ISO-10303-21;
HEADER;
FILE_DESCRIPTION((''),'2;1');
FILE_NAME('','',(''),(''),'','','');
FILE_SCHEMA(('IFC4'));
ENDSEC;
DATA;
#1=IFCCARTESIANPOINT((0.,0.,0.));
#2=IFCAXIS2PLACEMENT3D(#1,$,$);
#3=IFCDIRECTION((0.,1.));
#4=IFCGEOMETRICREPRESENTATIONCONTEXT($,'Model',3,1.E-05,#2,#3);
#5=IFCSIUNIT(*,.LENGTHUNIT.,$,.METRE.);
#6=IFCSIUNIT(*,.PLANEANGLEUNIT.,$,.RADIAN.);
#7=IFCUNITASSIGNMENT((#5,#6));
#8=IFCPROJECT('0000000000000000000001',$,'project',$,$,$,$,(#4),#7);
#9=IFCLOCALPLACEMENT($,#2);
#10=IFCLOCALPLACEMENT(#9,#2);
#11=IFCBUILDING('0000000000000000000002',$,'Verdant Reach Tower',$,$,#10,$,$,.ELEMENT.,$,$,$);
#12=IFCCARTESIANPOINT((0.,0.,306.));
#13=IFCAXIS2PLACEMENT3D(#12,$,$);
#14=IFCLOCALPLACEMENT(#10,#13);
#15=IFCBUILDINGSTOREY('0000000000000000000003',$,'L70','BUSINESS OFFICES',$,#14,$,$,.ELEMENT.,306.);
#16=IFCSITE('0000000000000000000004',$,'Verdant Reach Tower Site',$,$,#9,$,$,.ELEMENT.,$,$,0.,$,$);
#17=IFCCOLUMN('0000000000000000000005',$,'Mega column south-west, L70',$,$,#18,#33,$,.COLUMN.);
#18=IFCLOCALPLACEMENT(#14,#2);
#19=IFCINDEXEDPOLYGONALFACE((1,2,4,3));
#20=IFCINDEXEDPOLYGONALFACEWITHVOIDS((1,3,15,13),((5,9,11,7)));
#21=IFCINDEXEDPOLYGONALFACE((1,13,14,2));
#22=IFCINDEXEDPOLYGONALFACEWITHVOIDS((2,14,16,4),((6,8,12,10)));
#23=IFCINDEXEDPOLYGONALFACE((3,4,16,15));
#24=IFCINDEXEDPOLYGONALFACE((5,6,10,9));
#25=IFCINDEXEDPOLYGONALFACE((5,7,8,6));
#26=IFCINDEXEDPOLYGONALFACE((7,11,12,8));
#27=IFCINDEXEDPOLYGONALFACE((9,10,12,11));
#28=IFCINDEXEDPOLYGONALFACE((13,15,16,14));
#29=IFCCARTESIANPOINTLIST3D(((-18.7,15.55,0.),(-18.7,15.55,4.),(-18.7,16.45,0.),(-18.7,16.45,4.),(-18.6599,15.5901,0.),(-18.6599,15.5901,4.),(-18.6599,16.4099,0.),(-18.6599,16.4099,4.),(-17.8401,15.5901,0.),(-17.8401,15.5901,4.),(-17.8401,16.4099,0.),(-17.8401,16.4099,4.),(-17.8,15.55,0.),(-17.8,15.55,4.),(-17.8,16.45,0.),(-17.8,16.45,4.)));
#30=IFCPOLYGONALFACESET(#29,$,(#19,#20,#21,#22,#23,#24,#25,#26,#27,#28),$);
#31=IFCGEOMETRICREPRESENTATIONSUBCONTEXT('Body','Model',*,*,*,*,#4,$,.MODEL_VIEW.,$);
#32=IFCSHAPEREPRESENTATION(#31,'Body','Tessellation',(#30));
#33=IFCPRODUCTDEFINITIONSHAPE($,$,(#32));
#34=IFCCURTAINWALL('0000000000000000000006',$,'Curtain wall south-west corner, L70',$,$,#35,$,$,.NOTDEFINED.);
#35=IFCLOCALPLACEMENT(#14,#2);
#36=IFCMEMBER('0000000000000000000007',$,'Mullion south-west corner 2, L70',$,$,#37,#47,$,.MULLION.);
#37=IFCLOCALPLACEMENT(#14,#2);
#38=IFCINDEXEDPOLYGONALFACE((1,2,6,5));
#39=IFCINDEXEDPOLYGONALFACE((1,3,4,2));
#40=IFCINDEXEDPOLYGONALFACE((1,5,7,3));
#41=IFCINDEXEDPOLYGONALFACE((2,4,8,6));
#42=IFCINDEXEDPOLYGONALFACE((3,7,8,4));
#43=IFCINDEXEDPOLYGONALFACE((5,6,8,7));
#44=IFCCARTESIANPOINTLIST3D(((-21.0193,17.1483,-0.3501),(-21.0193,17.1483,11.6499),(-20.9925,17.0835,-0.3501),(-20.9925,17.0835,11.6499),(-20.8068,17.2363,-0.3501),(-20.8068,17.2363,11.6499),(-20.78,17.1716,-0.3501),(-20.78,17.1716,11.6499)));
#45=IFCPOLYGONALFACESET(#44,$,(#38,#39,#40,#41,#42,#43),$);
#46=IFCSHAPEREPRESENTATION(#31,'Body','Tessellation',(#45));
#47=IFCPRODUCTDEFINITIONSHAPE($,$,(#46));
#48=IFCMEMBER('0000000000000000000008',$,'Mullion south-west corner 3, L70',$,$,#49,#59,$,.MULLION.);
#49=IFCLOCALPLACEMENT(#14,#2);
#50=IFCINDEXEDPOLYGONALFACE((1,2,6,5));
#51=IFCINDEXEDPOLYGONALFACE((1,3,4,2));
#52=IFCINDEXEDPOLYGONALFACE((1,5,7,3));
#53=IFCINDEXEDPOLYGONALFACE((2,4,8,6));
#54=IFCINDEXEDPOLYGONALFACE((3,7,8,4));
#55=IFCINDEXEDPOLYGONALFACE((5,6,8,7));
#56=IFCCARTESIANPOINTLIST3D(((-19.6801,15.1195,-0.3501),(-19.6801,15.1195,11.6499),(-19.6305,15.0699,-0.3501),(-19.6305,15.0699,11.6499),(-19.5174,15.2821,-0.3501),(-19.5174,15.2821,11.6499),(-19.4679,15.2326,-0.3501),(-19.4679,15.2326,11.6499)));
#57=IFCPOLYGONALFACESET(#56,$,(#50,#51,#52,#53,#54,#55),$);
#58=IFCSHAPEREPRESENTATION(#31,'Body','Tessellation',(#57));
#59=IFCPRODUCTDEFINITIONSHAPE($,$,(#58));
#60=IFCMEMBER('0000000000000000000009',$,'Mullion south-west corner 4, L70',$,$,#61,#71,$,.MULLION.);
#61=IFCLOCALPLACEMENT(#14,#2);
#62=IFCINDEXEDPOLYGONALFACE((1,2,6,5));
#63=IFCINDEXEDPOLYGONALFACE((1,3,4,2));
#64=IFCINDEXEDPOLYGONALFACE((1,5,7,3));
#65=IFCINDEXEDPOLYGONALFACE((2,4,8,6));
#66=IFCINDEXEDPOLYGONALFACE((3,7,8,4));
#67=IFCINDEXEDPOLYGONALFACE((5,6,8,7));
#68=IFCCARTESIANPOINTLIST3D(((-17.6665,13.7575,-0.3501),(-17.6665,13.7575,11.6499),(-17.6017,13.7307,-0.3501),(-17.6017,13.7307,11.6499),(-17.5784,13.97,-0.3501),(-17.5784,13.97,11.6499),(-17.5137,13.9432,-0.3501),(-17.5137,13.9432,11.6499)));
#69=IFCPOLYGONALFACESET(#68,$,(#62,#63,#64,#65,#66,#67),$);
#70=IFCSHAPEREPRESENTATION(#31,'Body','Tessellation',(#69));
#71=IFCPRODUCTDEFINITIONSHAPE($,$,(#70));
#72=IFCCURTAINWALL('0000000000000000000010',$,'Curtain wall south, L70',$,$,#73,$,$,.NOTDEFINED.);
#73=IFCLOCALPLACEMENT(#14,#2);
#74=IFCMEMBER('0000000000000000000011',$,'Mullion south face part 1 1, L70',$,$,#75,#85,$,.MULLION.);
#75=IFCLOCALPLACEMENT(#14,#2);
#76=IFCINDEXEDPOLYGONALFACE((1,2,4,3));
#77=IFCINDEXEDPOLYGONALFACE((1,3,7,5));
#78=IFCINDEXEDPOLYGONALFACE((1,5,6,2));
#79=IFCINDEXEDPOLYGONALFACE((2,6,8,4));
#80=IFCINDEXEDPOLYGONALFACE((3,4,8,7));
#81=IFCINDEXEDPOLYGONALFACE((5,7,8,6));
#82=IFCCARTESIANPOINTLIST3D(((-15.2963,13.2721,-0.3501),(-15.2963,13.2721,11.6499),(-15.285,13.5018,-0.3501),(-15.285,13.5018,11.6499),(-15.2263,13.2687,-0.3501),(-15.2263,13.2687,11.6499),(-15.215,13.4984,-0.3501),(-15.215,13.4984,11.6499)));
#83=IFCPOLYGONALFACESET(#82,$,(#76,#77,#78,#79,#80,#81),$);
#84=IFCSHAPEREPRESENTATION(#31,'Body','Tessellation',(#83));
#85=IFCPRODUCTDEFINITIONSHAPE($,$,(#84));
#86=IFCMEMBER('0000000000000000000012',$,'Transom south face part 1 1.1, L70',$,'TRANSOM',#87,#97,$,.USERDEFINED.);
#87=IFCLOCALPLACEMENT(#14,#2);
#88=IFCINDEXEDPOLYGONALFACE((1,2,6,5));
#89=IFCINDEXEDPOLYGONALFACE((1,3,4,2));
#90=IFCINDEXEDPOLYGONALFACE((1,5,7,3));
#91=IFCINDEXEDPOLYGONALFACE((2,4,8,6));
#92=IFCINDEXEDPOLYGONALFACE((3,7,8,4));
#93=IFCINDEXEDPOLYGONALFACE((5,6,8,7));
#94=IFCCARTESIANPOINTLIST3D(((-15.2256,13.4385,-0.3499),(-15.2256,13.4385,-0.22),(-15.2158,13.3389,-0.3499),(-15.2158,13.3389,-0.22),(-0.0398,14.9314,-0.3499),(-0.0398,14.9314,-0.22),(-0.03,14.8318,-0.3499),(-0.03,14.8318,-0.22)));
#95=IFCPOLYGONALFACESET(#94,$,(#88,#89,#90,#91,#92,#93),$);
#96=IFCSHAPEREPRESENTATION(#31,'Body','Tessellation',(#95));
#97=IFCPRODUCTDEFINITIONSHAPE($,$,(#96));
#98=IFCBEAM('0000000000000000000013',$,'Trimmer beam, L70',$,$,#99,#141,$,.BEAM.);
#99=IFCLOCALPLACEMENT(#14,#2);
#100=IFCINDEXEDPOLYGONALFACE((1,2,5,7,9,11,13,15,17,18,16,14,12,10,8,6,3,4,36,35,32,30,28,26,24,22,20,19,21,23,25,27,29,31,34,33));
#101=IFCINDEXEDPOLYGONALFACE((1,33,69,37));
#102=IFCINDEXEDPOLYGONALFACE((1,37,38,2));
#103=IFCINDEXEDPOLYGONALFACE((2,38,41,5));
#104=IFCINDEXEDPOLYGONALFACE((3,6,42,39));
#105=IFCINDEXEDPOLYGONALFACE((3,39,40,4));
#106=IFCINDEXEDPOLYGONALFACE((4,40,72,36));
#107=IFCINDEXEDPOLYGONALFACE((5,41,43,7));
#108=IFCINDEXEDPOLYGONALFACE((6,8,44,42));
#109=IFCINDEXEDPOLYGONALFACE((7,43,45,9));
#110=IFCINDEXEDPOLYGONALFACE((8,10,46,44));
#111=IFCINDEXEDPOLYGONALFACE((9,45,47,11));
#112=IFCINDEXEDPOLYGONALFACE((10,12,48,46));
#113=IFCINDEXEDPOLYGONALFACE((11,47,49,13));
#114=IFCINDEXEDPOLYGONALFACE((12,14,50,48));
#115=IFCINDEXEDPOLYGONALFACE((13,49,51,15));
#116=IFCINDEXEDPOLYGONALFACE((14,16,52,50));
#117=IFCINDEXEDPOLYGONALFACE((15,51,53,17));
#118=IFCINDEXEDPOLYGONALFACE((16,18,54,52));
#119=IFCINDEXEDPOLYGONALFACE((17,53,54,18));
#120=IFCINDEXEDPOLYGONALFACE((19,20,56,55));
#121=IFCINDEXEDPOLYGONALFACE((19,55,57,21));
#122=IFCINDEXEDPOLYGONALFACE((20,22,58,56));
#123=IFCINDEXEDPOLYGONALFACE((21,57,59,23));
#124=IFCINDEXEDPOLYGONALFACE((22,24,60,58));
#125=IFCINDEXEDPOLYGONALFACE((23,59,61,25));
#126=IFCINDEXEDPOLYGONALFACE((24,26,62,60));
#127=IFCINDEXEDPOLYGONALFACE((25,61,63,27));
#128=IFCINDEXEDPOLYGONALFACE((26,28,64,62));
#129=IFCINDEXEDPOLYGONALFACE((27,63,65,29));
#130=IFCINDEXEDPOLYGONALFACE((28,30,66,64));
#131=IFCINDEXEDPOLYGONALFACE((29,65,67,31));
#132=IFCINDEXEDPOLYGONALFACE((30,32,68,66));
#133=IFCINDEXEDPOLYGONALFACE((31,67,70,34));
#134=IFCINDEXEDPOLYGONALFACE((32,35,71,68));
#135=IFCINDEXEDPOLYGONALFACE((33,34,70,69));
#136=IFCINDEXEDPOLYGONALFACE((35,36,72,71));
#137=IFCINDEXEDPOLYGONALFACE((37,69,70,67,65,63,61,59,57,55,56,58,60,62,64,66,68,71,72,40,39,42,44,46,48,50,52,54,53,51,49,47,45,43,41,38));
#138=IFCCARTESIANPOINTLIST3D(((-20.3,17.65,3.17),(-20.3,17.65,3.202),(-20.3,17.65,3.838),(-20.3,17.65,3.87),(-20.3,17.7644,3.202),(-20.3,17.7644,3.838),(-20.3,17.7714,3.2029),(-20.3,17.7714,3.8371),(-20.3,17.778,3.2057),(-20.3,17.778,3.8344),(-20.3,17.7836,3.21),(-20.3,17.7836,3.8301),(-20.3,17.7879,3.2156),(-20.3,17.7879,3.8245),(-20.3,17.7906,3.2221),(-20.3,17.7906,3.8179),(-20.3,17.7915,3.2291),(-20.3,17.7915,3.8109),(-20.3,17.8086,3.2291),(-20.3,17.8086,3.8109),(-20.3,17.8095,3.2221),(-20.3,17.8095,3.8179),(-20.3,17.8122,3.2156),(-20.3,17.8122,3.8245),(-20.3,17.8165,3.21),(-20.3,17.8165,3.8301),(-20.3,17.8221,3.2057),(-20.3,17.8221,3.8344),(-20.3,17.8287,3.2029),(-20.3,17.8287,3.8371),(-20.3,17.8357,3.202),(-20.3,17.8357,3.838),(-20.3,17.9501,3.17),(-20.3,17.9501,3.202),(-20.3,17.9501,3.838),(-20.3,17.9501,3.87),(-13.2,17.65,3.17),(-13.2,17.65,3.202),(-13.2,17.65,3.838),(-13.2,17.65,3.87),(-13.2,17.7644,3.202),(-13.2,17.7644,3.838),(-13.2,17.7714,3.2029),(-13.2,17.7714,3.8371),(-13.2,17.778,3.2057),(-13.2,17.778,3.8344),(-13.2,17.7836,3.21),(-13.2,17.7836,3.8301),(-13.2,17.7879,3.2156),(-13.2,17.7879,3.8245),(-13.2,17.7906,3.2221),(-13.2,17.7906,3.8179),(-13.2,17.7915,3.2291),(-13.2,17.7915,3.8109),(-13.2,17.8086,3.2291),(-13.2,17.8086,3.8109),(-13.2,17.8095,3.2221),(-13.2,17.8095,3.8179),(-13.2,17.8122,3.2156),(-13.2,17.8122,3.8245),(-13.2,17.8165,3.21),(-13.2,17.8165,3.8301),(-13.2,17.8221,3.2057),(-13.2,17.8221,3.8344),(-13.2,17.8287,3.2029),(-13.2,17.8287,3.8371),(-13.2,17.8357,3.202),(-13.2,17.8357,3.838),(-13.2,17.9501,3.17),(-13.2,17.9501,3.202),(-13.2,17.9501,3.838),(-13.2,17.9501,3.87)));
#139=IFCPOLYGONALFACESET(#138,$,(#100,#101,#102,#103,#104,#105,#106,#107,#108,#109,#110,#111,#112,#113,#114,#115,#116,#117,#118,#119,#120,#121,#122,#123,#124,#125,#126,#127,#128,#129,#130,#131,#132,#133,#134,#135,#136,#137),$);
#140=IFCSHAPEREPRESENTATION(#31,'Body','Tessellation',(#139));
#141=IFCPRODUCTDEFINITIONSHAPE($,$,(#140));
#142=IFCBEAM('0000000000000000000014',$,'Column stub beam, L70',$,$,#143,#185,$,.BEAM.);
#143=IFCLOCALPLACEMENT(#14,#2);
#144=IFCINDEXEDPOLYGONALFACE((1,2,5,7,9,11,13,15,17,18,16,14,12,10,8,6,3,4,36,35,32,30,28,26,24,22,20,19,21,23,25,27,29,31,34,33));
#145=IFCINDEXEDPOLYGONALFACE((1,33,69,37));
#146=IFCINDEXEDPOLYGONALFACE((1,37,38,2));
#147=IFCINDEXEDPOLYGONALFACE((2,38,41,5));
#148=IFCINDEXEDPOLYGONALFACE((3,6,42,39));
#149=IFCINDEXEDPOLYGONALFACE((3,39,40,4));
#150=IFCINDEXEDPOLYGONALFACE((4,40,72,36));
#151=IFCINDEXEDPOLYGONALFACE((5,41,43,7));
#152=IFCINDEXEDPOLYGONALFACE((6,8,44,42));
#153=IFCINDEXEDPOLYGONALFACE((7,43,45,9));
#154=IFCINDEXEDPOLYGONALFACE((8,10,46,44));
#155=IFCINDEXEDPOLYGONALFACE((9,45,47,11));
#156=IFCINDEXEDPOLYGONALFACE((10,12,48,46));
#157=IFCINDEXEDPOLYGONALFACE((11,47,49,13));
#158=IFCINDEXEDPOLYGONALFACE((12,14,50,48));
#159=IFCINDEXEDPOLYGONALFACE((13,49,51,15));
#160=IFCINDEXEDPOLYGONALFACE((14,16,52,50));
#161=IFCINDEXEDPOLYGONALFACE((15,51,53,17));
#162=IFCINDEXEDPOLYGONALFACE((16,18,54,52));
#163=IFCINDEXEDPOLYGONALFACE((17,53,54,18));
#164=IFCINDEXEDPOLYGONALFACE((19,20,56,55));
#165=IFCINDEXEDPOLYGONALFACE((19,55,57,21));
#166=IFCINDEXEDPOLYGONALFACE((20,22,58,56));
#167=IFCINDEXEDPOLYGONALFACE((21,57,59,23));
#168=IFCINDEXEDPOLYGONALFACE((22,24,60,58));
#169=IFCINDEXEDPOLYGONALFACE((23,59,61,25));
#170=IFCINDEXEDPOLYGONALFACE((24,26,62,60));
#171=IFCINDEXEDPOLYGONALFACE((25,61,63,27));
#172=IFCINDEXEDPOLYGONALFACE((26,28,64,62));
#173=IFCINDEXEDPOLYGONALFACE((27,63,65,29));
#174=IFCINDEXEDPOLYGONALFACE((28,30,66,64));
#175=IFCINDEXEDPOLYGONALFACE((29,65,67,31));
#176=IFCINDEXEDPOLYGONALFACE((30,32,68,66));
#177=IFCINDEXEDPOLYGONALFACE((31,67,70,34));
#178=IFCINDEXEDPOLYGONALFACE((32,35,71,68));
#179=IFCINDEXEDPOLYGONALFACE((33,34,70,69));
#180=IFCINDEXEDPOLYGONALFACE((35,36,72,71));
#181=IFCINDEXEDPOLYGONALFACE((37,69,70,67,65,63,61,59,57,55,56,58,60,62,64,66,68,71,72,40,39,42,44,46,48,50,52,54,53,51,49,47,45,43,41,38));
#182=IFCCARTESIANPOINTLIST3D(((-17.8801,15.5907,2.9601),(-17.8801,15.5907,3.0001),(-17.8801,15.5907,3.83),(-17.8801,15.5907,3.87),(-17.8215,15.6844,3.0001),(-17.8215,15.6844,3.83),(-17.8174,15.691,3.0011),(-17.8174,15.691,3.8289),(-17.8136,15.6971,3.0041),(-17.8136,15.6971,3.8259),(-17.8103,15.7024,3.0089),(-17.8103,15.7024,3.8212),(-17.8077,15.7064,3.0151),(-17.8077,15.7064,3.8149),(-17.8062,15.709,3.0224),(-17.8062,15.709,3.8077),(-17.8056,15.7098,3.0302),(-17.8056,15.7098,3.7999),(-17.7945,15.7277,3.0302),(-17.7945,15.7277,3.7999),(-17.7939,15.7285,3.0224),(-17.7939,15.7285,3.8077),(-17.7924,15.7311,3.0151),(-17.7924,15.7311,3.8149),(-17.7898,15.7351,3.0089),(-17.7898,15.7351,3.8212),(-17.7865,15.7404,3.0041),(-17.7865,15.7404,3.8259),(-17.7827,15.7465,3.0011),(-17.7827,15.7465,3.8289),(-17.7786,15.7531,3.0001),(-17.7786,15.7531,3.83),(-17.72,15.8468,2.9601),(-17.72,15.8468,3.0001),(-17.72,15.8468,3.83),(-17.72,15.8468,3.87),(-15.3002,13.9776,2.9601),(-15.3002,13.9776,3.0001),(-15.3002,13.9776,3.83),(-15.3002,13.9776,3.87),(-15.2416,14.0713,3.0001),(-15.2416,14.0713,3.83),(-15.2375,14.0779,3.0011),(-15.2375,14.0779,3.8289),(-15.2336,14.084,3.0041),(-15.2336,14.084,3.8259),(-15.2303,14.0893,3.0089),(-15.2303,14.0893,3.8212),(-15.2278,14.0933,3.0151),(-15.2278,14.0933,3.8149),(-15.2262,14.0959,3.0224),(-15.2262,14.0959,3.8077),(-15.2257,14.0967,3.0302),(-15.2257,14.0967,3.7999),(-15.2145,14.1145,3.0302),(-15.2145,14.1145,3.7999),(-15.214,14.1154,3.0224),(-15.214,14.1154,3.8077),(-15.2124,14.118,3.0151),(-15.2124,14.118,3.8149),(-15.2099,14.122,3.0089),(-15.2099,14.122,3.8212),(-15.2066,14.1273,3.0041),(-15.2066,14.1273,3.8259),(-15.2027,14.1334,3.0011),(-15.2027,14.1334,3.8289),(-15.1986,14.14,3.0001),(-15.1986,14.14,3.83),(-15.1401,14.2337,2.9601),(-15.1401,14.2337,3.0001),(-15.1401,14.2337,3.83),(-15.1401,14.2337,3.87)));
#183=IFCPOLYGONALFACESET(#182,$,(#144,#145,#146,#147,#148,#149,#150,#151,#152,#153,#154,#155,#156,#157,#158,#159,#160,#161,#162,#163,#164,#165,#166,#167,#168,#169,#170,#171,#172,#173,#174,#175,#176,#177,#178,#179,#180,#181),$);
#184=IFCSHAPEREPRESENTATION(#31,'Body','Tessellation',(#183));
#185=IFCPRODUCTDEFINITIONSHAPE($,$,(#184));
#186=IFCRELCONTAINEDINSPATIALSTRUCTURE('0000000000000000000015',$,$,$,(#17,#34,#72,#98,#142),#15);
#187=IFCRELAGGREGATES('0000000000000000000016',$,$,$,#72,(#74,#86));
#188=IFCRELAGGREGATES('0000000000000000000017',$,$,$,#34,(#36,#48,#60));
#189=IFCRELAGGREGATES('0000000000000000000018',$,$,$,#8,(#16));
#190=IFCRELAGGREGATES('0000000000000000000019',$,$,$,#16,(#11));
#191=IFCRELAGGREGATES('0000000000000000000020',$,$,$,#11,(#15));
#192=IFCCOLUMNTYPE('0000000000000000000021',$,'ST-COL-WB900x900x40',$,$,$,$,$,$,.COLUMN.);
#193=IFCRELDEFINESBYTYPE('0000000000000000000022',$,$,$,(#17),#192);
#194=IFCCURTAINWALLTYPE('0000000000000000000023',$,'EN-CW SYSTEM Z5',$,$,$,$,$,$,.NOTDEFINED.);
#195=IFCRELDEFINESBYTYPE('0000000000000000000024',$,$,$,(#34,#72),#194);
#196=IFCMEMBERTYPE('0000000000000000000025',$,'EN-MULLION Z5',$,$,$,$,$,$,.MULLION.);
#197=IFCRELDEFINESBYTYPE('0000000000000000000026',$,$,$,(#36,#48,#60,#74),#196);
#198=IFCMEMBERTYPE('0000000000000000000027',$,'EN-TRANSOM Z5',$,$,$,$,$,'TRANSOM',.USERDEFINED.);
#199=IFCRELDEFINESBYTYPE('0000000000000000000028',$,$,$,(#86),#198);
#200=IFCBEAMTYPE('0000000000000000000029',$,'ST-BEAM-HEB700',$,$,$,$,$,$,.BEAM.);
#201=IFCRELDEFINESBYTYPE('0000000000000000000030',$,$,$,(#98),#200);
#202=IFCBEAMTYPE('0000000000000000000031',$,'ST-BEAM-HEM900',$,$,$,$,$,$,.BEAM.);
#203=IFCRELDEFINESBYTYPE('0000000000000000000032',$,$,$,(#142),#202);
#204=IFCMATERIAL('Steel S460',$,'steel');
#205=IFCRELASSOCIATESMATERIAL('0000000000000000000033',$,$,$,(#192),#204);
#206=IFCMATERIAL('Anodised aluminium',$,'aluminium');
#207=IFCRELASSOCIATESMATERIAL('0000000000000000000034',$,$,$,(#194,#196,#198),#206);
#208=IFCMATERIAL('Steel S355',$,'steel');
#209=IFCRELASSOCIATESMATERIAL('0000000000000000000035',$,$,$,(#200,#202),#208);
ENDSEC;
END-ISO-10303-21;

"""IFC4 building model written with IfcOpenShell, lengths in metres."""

from ifc_helpers import new_model, si_unit, direction, frame, origin, origin_2d, place, context, subcontext, project, spatial, rectangle, hollow_rectangle, i_section, extrude, material, material_profile, profile_set, type_object, element, aggregate, save


model = new_model("IFC4")

# Units and contexts
model_context = context("Model", 3, precision=1e-05, world=origin(), true_north=direction((0.0, 1.0)))
body_context = subcontext(model_context, "Body", "Model", "MODEL_VIEW")
ifc_project = project(units=[si_unit("LENGTHUNIT", "METRE"), si_unit("PLANEANGLEUNIT", "RADIAN")], contexts=[model_context])

# Site, building, storey
site_placement = place(None, origin())
site = spatial("IfcSite", under=ifc_project, at=site_placement, Name="Verdant Reach Tower Site", CompositionType="ELEMENT", RefElevation=0.0)
building_placement = place(site_placement, origin())
building = spatial("IfcBuilding", under=site, at=building_placement, Name="Verdant Reach Tower", CompositionType="ELEMENT")
storey_placement = place(building_placement, frame((0.0, 0.0, 306.0)))
storey = spatial("IfcBuildingStorey", under=building, at=storey_placement, Name="L70", Description="BUSINESS OFFICES", CompositionType="ELEMENT", Elevation=306.0)

# Column
ifc_material_1 = material(Name="Steel S460", Category="steel")
ifc_material_profile_1 = material_profile(ifc_material_1, hollow_rectangle(XDim=0.8999, YDim=0.8999, WallThickness=0.04, at=origin_2d()), Name="WB 900x900x40")
ifc_profile_set_1 = profile_set([ifc_material_profile_1], Name="Steel S460")
column_type = type_object("IfcColumnType", Name="ST-COL-WB900x900x40", PredefinedType="COLUMN", material=ifc_profile_set_1)
column_placement = place(storey_placement, frame((-18.25, 16.0, 0.0), z_axis=(0.0, 0.0, 1.0), x_axis=(1.0, 0.0, 0.0)))
element("IfcColumn", 1, at=column_placement, inside=storey, type_object=column_type, Name="Mega column south-west, L70", PredefinedType="COLUMN", context=body_context, shape_type="SweptSolid", body=[
    extrude(hollow_rectangle(XDim=0.8999, YDim=0.8999, WallThickness=0.04, at=origin_2d()), origin(), (0.0, 0.0, 1.0), 4.0),
])

# Curtain walls, members
ifc_material_2 = material(Name="Anodised aluminium", Category="aluminium")
curtain_wall_type = type_object("IfcCurtainWallType", Name="EN-CW SYSTEM Z5", PredefinedType="NOTDEFINED", material=ifc_material_2)
curtain_wall_1_placement = place(storey_placement, origin())
curtain_wall_1 = element("IfcCurtainWall", 2, at=curtain_wall_1_placement, inside=storey, type_object=curtain_wall_type, Name="Curtain wall south-west corner, L70", PredefinedType="NOTDEFINED")
ifc_material_profile_2 = material_profile(ifc_material_2, rectangle(XDim=0.23, YDim=0.0701, at=origin_2d()), Name="Mullion 70x230")
ifc_profile_set_2 = profile_set([ifc_material_profile_2], Name="Anodised aluminium")
member_type_1 = type_object("IfcMemberType", Name="EN-MULLION Z5", PredefinedType="MULLION", material=ifc_profile_set_2)
member_1_placement = place(storey_placement, frame((-20.8997, 17.1599, -0.3501), z_axis=(0.0, 0.0, 1.0), x_axis=(-0.923875, -0.382694, 0.0)))
member_1 = element("IfcMember", 3, at=member_1_placement, type_object=member_type_1, Name="Mullion south-west corner 2, L70", PredefinedType="MULLION", context=body_context, shape_type="SweptSolid", body=[
    extrude(rectangle(XDim=0.23, YDim=0.0701, at=origin_2d()), origin(), (0.0, 0.0, 1.0), 12.0),
])
member_2_placement = place(storey_placement, frame((-19.574, 15.176, -0.3501), z_axis=(0.0, 0.0, 1.0), x_axis=(-0.707107, -0.707107, 0.0)))
member_2 = element("IfcMember", 4, at=member_2_placement, type_object=member_type_1, Name="Mullion south-west corner 3, L70", PredefinedType="MULLION", context=body_context, shape_type="SweptSolid", body=[
    extrude(rectangle(XDim=0.23, YDim=0.0701, at=origin_2d()), origin(), (0.0, 0.0, 1.0), 12.0),
])
member_3_placement = place(storey_placement, frame((-17.5901, 13.8503, -0.3501), z_axis=(0.0, 0.0, 1.0), x_axis=(-0.382694, -0.923875, 0.0)))
member_3 = element("IfcMember", 5, at=member_3_placement, type_object=member_type_1, Name="Mullion south-west corner 4, L70", PredefinedType="MULLION", context=body_context, shape_type="SweptSolid", body=[
    extrude(rectangle(XDim=0.23, YDim=0.0701, at=origin_2d()), origin(), (0.0, 0.0, 1.0), 12.0),
])
curtain_wall_2_placement = place(storey_placement, origin())
curtain_wall_2 = element("IfcCurtainWall", 6, at=curtain_wall_2_placement, inside=storey, type_object=curtain_wall_type, Name="Curtain wall south, L70", PredefinedType="NOTDEFINED")
member_4_placement = place(storey_placement, frame((-15.2556, 13.3853, -0.3501), z_axis=(0.0, 0.0, 1.0), x_axis=(-0.049128, -0.998793, 0.0)))
member_4 = element("IfcMember", 7, at=member_4_placement, type_object=member_type_1, Name="Mullion south face part 1 1, L70", PredefinedType="MULLION", context=body_context, shape_type="SweptSolid", body=[
    extrude(rectangle(XDim=0.23, YDim=0.0701, at=origin_2d()), origin(), (0.0, 0.0, 1.0), 12.0),
])
ifc_material_profile_3 = material_profile(ifc_material_2, rectangle(XDim=0.1001, YDim=0.1299, at=origin_2d()), Name="Transom 130x100")
ifc_profile_set_3 = profile_set([ifc_material_profile_3], Name="Anodised aluminium")
member_type_2 = type_object("IfcMemberType", Name="EN-TRANSOM Z5", ElementType="TRANSOM", PredefinedType="USERDEFINED", material=ifc_profile_set_3)
member_5_placement = place(storey_placement, frame((-15.2207, 13.3887, -0.2849), z_axis=(0.995202, 0.097839, 0.0), x_axis=(-0.097839, 0.995202, 0.0)))
member_5 = element("IfcMember", 8, at=member_5_placement, type_object=member_type_2, Name="Transom south face part 1 1.1, L70", ObjectType="TRANSOM", PredefinedType="USERDEFINED", context=body_context, shape_type="SweptSolid", body=[
    extrude(rectangle(XDim=0.1001, YDim=0.1299, at=origin_2d()), origin(), (0.0, 0.0, 1.0), 15.259),
])

# Beams
ifc_material_3 = material(Name="Steel S355", Category="steel")
ifc_material_profile_4 = material_profile(ifc_material_3, i_section(OverallWidth=0.3, OverallDepth=0.7, WebThickness=0.0171, FlangeThickness=0.032, FilletRadius=0.0271, at=origin_2d()), Name="HEB 700")
ifc_profile_set_4 = profile_set([ifc_material_profile_4], Name="Steel S355")
beam_type_1 = type_object("IfcBeamType", Name="ST-BEAM-HEB700", PredefinedType="BEAM", material=ifc_profile_set_4)
beam_1_placement = place(storey_placement, frame((-13.2, 17.8, 3.52), z_axis=(-1.0, 0.0, 0.0), x_axis=(0.0, -1.0, 0.0)))
element("IfcBeam", 9, at=beam_1_placement, inside=storey, type_object=beam_type_1, Name="Trimmer beam, L70", PredefinedType="BEAM", context=body_context, shape_type="SweptSolid", body=[
    extrude(i_section(OverallWidth=0.3, OverallDepth=0.7, WebThickness=0.0171, FlangeThickness=0.032, FilletRadius=0.0271, at=origin_2d()), origin(), (0.0, 0.0, 1.0), 7.1001),
])
ifc_material_profile_5 = material_profile(ifc_material_3, i_section(OverallWidth=0.302, OverallDepth=0.9099, WebThickness=0.021, FlangeThickness=0.04, FilletRadius=0.03, at=origin_2d()), Name="HEM 900")
ifc_profile_set_5 = profile_set([ifc_material_profile_5], Name="Steel S355")
beam_type_2 = type_object("IfcBeamType", Name="ST-BEAM-HEM900", PredefinedType="BEAM", material=ifc_profile_set_5)
beam_2_placement = place(storey_placement, frame((-17.8, 15.7188, 3.415), z_axis=(0.847904, -0.53015, 0.0), x_axis=(0.53015, 0.847904, 0.0)))
element("IfcBeam", 10, at=beam_2_placement, inside=storey, type_object=beam_type_2, Name="Column stub beam, L70", PredefinedType="BEAM", context=body_context, shape_type="SweptSolid", body=[
    extrude(i_section(OverallWidth=0.302, OverallDepth=0.9099, WebThickness=0.021, FlangeThickness=0.04, FilletRadius=0.03, at=origin_2d()), origin(), (0.0, 0.0, 1.0), 3.0427),
])

aggregate(curtain_wall_2, [member_4, member_5])
aggregate(curtain_wall_1, [member_1, member_2, member_3])

save(model, "model.ifc")
